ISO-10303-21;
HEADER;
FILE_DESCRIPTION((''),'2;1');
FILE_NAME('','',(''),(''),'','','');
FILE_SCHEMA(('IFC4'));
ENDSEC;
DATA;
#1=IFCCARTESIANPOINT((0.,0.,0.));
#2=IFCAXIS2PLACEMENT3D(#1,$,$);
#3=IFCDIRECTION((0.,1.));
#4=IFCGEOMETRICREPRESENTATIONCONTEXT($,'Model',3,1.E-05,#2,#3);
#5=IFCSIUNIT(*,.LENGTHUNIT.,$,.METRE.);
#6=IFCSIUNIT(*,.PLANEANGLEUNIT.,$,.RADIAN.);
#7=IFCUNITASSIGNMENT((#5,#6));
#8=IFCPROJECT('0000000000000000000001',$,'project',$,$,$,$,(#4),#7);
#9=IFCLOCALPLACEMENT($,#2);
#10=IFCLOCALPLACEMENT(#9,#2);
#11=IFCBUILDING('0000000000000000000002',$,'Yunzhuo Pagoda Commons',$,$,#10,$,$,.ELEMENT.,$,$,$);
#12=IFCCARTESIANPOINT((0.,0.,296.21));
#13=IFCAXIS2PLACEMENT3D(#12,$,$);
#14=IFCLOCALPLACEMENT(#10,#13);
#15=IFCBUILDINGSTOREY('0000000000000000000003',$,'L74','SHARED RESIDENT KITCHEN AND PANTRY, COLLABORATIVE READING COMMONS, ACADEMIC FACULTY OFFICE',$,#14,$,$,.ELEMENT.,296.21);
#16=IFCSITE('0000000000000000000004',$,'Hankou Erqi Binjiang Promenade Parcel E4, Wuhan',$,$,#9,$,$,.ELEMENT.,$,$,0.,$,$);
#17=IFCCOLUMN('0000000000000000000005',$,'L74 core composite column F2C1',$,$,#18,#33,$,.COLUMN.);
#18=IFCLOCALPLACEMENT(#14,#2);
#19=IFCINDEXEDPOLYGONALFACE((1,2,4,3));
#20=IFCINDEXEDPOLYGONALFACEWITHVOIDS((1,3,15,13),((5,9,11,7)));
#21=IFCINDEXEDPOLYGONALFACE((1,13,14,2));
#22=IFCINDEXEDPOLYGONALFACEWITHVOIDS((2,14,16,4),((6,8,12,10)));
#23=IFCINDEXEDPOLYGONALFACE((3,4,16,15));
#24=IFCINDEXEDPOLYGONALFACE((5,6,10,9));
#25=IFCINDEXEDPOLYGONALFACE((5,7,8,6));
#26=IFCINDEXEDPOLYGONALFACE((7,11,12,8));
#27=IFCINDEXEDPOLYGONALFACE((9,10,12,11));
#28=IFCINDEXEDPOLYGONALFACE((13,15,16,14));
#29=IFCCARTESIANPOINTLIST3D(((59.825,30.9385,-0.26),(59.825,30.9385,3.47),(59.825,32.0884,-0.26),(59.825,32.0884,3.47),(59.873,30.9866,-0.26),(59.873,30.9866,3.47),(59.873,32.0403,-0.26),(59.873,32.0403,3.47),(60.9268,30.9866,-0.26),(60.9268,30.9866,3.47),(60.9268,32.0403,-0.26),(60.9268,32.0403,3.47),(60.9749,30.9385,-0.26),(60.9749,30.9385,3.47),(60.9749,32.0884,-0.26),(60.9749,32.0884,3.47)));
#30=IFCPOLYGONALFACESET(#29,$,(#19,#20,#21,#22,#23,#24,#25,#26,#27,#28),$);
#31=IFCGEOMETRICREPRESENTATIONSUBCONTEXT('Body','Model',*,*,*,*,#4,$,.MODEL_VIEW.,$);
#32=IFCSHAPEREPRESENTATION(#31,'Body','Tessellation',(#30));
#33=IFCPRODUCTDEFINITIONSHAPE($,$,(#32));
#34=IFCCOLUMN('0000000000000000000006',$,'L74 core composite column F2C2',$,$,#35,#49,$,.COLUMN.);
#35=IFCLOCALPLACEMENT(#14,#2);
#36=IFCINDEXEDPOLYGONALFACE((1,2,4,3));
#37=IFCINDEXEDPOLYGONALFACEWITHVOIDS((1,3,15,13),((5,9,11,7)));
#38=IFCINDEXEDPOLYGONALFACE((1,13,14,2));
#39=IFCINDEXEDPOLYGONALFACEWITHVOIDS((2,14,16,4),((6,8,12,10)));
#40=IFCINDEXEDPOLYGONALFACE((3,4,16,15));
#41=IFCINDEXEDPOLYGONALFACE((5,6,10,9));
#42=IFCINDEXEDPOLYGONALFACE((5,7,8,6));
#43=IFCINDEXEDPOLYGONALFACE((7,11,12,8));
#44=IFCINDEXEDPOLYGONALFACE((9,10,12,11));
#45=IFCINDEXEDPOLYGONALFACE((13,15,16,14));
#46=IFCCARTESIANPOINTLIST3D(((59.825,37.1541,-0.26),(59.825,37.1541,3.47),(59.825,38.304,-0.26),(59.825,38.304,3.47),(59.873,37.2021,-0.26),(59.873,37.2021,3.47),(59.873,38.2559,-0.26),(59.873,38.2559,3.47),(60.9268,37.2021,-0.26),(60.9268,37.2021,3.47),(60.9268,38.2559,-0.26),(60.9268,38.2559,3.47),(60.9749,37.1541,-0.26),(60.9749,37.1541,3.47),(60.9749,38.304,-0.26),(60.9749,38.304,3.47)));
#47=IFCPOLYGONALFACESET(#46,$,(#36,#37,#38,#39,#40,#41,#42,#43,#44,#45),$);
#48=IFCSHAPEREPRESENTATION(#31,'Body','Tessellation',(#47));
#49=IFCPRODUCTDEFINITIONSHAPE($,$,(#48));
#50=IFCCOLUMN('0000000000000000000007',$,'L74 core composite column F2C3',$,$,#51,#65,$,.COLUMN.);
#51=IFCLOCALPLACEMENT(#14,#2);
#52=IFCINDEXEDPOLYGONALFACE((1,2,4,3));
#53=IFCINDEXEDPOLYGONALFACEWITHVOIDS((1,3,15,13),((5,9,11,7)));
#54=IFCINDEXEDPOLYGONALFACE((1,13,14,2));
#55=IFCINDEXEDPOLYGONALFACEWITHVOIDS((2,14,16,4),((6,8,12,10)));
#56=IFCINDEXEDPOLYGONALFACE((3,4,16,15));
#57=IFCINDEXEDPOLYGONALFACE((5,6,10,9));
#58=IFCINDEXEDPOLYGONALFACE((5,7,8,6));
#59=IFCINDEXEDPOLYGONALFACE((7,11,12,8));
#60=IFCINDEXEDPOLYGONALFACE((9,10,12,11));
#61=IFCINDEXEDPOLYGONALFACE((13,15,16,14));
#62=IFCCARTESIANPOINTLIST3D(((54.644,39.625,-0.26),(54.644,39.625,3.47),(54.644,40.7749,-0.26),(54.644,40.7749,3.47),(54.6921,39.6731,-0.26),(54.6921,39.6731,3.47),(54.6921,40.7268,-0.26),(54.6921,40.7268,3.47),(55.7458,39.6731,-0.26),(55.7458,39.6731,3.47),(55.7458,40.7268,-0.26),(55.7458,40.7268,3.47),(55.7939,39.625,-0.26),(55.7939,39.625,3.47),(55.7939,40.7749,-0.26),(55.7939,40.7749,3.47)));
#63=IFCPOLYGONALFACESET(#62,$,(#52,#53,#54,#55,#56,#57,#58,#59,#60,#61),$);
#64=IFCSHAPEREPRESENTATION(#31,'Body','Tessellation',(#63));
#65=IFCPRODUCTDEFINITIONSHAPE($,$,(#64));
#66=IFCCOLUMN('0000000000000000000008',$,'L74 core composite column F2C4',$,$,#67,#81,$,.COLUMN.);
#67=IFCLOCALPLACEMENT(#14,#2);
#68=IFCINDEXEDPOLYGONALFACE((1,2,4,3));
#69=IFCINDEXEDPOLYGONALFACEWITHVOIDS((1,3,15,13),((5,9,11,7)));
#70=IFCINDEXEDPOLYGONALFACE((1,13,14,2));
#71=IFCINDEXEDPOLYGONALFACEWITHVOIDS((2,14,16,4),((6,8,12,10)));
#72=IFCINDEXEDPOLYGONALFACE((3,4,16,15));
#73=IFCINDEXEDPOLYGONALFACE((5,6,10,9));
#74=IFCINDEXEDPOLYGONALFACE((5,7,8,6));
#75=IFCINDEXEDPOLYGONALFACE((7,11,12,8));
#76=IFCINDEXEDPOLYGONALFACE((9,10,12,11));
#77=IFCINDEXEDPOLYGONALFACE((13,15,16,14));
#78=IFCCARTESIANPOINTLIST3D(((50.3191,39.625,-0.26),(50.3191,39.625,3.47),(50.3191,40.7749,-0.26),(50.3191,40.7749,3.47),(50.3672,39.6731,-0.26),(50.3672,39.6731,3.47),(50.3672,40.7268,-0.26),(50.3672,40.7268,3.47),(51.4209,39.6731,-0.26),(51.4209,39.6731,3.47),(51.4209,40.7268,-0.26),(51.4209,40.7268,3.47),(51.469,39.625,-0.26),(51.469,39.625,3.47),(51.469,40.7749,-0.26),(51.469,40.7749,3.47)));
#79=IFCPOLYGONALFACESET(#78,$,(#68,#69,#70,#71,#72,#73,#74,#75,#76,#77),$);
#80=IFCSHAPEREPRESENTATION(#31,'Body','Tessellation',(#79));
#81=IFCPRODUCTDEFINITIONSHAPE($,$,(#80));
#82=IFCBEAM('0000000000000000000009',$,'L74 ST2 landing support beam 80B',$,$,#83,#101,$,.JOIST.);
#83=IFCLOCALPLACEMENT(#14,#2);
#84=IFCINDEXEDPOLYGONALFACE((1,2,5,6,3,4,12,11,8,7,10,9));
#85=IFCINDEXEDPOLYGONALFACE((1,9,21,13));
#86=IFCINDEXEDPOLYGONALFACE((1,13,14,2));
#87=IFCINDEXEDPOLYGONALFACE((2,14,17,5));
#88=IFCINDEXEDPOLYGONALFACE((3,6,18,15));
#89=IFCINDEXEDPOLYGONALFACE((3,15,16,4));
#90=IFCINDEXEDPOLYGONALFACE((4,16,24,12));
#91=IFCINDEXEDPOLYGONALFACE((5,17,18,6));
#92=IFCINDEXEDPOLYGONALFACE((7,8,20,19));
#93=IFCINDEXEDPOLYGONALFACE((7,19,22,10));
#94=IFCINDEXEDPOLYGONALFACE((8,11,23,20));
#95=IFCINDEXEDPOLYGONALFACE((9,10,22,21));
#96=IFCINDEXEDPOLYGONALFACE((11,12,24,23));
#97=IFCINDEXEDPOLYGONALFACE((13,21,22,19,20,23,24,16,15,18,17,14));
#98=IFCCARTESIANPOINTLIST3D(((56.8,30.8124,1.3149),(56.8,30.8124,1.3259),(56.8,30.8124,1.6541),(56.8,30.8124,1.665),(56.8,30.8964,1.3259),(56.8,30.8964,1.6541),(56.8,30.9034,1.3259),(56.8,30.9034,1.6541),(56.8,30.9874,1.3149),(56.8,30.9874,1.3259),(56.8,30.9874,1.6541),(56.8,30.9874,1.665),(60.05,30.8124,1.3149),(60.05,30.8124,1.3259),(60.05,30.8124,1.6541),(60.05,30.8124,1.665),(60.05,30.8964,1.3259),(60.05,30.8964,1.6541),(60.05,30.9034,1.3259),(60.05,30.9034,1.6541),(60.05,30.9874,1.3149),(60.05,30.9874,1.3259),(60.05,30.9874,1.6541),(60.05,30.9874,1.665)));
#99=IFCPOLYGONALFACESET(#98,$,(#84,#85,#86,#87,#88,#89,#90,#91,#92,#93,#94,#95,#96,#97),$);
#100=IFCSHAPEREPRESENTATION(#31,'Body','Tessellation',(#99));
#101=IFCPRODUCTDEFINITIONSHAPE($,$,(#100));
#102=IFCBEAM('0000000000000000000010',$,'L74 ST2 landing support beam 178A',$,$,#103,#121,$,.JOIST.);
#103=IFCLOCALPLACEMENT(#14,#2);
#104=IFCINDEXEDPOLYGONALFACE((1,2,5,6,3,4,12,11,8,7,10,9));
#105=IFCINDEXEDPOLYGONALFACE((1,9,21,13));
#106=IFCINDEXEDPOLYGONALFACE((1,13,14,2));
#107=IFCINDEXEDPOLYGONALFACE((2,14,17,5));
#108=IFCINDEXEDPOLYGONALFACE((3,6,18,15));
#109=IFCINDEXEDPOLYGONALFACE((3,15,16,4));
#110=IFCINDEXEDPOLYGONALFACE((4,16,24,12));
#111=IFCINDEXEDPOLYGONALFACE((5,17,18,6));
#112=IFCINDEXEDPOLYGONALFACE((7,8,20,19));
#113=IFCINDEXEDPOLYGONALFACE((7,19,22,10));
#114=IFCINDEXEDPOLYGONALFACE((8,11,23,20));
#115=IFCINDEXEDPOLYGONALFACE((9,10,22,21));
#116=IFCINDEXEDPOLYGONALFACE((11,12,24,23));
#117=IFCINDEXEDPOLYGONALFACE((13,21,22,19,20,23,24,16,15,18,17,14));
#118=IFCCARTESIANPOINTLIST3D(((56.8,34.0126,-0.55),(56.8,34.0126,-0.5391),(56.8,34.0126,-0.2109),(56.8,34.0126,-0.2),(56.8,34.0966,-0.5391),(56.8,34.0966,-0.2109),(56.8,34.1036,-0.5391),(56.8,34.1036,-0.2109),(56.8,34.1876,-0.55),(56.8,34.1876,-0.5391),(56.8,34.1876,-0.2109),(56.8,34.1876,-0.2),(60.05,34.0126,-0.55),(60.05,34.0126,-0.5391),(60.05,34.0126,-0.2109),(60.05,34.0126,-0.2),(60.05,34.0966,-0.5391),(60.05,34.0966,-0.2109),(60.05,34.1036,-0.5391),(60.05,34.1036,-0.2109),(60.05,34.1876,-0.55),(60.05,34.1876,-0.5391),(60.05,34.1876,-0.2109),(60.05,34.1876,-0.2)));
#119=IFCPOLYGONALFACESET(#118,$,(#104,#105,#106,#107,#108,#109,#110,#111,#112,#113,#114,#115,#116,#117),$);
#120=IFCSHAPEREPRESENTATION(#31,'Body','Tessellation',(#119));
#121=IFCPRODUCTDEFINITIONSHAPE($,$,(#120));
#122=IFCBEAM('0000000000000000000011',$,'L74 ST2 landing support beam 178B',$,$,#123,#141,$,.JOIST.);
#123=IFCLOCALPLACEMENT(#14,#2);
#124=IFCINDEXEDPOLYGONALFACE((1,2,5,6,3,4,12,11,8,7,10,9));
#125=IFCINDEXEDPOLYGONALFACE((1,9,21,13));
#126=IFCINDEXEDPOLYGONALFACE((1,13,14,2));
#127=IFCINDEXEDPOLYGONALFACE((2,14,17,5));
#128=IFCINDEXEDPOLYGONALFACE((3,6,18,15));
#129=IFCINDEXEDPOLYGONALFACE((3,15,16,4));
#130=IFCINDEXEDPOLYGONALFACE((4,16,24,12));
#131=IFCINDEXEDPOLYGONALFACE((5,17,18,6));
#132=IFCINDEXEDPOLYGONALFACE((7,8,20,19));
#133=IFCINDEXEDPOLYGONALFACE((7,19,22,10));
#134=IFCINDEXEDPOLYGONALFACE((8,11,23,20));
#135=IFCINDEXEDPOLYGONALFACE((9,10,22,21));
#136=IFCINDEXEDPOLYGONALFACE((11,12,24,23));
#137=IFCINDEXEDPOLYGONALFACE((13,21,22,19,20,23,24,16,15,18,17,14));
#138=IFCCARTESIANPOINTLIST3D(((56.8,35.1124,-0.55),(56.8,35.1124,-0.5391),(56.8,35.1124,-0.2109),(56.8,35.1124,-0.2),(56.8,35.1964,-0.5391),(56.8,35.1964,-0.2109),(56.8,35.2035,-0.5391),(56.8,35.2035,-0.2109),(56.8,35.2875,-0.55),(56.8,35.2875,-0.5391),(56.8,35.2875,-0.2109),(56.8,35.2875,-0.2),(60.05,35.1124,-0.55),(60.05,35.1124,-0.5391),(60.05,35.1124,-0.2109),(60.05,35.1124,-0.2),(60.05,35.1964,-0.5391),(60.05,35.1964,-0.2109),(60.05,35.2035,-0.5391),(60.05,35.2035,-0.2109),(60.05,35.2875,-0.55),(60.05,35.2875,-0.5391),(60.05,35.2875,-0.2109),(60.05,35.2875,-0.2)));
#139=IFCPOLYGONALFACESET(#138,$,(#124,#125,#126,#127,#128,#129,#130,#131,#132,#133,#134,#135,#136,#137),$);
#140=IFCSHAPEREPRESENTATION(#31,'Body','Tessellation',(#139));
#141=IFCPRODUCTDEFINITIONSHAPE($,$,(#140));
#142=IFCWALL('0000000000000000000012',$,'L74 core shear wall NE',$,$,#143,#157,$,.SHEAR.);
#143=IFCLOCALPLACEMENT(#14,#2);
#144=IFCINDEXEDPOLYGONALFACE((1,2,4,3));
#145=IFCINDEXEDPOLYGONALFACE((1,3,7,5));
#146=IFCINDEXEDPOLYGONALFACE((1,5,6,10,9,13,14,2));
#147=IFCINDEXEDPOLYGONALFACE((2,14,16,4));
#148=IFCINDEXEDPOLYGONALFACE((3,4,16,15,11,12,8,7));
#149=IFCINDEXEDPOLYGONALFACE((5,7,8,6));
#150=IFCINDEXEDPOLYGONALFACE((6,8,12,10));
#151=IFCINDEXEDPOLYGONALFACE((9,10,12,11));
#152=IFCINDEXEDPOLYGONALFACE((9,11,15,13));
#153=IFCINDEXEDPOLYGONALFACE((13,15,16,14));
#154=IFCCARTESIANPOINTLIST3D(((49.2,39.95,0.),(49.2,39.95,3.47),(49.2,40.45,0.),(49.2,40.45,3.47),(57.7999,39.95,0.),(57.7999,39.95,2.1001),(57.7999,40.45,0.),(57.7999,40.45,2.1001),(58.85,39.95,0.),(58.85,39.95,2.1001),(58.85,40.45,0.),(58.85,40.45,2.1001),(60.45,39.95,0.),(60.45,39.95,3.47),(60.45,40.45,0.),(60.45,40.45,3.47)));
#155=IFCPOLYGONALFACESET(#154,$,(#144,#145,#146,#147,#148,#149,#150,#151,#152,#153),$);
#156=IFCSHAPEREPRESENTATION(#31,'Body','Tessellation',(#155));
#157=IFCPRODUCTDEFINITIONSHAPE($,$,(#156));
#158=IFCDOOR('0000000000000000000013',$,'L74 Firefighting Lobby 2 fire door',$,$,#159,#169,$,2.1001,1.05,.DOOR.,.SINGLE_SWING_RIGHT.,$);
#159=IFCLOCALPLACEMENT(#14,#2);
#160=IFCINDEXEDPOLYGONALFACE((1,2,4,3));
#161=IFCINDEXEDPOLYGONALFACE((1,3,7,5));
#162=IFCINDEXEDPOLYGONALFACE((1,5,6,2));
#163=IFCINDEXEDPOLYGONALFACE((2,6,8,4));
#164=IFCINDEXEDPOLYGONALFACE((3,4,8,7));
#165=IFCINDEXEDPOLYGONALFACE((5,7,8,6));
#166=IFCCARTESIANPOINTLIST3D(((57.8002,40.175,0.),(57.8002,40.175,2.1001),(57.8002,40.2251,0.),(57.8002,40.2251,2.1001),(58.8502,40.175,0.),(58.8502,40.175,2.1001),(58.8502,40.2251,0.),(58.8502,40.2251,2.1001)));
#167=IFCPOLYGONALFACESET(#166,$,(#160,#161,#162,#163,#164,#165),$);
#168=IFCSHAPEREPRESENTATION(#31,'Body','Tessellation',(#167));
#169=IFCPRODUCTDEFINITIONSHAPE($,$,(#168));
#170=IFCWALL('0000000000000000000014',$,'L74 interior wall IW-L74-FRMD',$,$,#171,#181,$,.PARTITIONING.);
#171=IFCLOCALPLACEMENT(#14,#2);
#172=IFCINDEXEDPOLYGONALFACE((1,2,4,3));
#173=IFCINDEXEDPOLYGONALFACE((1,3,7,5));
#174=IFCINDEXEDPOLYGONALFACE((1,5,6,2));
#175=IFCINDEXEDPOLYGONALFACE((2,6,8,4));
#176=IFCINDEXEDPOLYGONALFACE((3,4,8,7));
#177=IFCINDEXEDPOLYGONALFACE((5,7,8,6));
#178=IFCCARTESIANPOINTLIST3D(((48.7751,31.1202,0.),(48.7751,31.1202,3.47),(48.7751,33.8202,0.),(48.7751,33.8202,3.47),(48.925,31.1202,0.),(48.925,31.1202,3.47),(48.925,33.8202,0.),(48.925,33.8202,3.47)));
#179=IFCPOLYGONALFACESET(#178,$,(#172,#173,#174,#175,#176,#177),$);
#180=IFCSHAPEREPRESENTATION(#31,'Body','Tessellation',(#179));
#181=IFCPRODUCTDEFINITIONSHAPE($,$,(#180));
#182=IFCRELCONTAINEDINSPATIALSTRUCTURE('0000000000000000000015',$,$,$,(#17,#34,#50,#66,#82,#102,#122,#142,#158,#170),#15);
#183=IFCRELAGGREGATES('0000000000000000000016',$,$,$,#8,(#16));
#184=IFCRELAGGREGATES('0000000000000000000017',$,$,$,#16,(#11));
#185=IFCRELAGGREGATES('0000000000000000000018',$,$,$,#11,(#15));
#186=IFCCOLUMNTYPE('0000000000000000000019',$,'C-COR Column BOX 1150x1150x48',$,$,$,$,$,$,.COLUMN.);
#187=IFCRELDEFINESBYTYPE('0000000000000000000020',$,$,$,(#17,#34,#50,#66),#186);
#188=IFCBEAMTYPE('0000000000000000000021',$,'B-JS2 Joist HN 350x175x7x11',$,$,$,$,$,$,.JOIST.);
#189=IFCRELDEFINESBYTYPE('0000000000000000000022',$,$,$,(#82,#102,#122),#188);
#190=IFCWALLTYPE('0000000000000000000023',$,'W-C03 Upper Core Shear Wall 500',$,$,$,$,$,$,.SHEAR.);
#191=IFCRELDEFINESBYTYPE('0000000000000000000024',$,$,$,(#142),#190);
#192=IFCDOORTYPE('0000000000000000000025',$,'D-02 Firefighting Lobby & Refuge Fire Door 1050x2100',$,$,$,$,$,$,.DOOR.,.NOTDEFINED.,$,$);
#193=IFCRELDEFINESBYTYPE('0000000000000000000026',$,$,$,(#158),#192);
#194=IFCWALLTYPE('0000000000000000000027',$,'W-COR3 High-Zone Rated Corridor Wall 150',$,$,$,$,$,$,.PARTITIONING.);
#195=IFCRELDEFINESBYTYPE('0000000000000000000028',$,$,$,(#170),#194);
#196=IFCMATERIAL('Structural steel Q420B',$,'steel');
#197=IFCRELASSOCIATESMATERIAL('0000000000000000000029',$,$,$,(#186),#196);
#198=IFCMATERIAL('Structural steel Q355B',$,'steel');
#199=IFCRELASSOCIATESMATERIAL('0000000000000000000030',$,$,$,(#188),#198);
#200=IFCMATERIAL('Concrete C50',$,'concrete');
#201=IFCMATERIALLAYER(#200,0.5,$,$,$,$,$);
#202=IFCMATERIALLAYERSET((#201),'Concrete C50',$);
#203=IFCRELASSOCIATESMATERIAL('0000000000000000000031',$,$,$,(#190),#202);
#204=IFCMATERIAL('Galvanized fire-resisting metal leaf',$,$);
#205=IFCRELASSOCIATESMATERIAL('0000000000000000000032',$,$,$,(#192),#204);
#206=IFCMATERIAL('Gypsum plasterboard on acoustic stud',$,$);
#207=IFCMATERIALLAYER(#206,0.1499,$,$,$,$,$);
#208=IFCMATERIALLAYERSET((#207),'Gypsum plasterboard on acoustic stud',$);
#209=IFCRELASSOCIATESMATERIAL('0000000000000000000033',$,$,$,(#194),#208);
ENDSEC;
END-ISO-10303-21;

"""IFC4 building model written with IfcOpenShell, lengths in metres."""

from ifc_helpers import new_model, si_unit, direction, frame, frame_2d, origin, origin_2d, place, context, subcontext, project, spatial, rectangle, hollow_rectangle, i_section, extrude, source, transform, mapped, material, layer, layer_set, material_profile, profile_set, type_object, element, fill, save


model = new_model("IFC4")

# Units and contexts
model_context = context("Model", 3, precision=1e-05, world=origin(), true_north=direction((0.0, 1.0)))
body_context = subcontext(model_context, "Body", "Model", "MODEL_VIEW")
ifc_project = project(units=[si_unit("LENGTHUNIT", "METRE"), si_unit("PLANEANGLEUNIT", "RADIAN")], contexts=[model_context])

# Site, building, storey
site_placement = place(None, origin())
site = spatial("IfcSite", under=ifc_project, at=site_placement, Name="Hankou Erqi Binjiang Promenade Parcel E4, Wuhan", CompositionType="ELEMENT", RefElevation=0.0)
building_placement = place(site_placement, origin())
building = spatial("IfcBuilding", under=site, at=building_placement, Name="Yunzhuo Pagoda Commons", CompositionType="ELEMENT")
storey_placement = place(building_placement, frame((0.0, 0.0, 296.21)))
storey = spatial("IfcBuildingStorey", under=building, at=storey_placement, Name="L74", Description="SHARED RESIDENT KITCHEN AND PANTRY, COLLABORATIVE READING COMMONS, ACADEMIC FACULTY OFFICE", CompositionType="ELEMENT", Elevation=296.21)

# Columns
ifc_material_1 = material(Name="Structural steel Q420B", Category="steel")
ifc_material_profile_1 = material_profile(ifc_material_1, hollow_rectangle(XDim=1.1499, YDim=1.1499, WallThickness=0.0481, at=origin_2d()), Name="Structural steel Q420B")
ifc_profile_set_1 = profile_set([ifc_material_profile_1], Name="Structural steel Q420B")
column_type = type_object("IfcColumnType", Name="C-COR Column BOX 1150x1150x48", PredefinedType="COLUMN", material=ifc_profile_set_1)
shared_shape_1 = source(origin(), body_context, "Body", "SweptSolid", [
    extrude(hollow_rectangle(XDim=1.1499, YDim=1.1499, WallThickness=0.0481, at=origin_2d()), origin(), (0.0, 0.0, 1.0), 3.73),
])
for number, where, z_axis, x_axis, name in (
    (1, (60.3999, 31.5134, -0.26), (0.0, 0.0, 1.0), (1.0, 0.0, 0.0), "L74 core composite column F2C1"),
    (2, (60.3999, 37.729, -0.26), (0.0, 0.0, 1.0), (1.0, 0.0, 0.0), "L74 core composite column F2C2"),
    (3, (55.219, 40.2, -0.26), (0.0, 0.0, 1.0), (1.0, 0.0, 0.0), "L74 core composite column F2C3"),
    (4, (50.894, 40.2, -0.26), (0.0, 0.0, 1.0), (1.0, 0.0, 0.0), "L74 core composite column F2C4"),
):
    element("IfcColumn", number, at=place(storey_placement, frame(where, z_axis=z_axis, x_axis=x_axis)), inside=storey, type_object=column_type, Name=name, PredefinedType="COLUMN", context=body_context, shape_type="MappedRepresentation", body=[
        mapped(shared_shape_1, transform((0.0, 0.0, 0.0), scale=1.0)),
    ])

# Beams
ifc_material_2 = material(Name="Structural steel Q355B", Category="steel")
ifc_material_profile_2 = material_profile(ifc_material_2, i_section(OverallWidth=0.175, OverallDepth=0.3501, WebThickness=0.0071, FlangeThickness=0.011, at=origin_2d()), Name="Structural steel Q355B")
ifc_profile_set_2 = profile_set([ifc_material_profile_2], Name="Structural steel Q355B")
beam_type = type_object("IfcBeamType", Name="B-JS2 Joist HN 350x175x7x11", PredefinedType="JOIST", material=ifc_profile_set_2)
shared_shape_2 = source(origin(), body_context, "Body", "SweptSolid", [
    extrude(i_section(OverallWidth=0.175, OverallDepth=0.3501, WebThickness=0.0071, FlangeThickness=0.011, at=origin_2d()), origin(), (0.0, 0.0, 1.0), 3.25),
])
for number, where, z_axis, x_axis, name in (
    (5, (56.8, 30.8999, 1.49), (1.0, 0.0, 0.0), (0.0, 1.0, 0.0), "L74 ST2 landing support beam 80B"),
    (6, (56.8, 34.1001, -0.375), (1.0, 0.0, 0.0), (0.0, 1.0, 0.0), "L74 ST2 landing support beam 178A"),
    (7, (56.8, 35.2, -0.375), (1.0, 0.0, 0.0), (0.0, 1.0, 0.0), "L74 ST2 landing support beam 178B"),
):
    element("IfcBeam", number, at=place(storey_placement, frame(where, z_axis=z_axis, x_axis=x_axis)), inside=storey, type_object=beam_type, Name=name, PredefinedType="JOIST", context=body_context, shape_type="MappedRepresentation", body=[
        mapped(shared_shape_2, transform((0.0, 0.0, 0.0), scale=1.0)),
    ])

# Wall, opening, door
ifc_material_3 = material(Name="Concrete C50", Category="concrete")
ifc_layer_1 = layer(ifc_material_3, 0.5)
ifc_layer_set_1 = layer_set([ifc_layer_1], Name="Concrete C50")
wall_type_1 = type_object("IfcWallType", Name="W-C03 Upper Core Shear Wall 500", PredefinedType="SHEAR", material=ifc_layer_set_1)
wall_1_placement = place(storey_placement, frame((49.2, 40.2, 0.0), z_axis=(0.0, 0.0, 1.0), x_axis=(1.0, 0.0, 0.0)))
wall_1 = element("IfcWall", 8, at=wall_1_placement, inside=storey, type_object=wall_type_1, Name="L74 core shear wall NE", PredefinedType="SHEAR", context=body_context, shape_type="SweptSolid", body=[
    extrude(rectangle(XDim=11.25, YDim=0.5, at=frame_2d((5.625, 0.0))), origin(), (0.0, 0.0, 1.0), 3.47),
])
opening_1_placement = place(wall_1_placement, frame((8.6001, 0.0, 0.0)))
opening_1 = element("IfcOpeningElement", 9, at=opening_1_placement, cuts=wall_1, PredefinedType="OPENING", context=body_context, shape_type="SweptSolid", body=[
    extrude(rectangle(XDim=1.05, YDim=2.1001, at=frame_2d((0.5249, 1.05))), frame((0.0, 0.26, 0.0), z_axis=(0.0, -1.0, 0.0), x_axis=(1.0, 0.0, 0.0)), (0.0, 0.0, 1.0), 0.52),
])
ifc_material_4 = material(Name="Galvanized fire-resisting metal leaf")
door_type_1 = type_object("IfcDoorType", Name="D-02 Firefighting Lobby & Refuge Fire Door 1050x2100", OperationType="NOTDEFINED", PredefinedType="DOOR", material=ifc_material_4)
shared_shape_3 = source(origin(), body_context, "Body", "SweptSolid", [
    extrude(rectangle(XDim=1.05, YDim=2.1001, at=frame_2d((0.5249, 1.05))), frame((0.0, 0.0249, 0.0), z_axis=(0.0, -1.0, 0.0), x_axis=(1.0, 0.0, 0.0)), (0.0, 0.0, 1.0), 0.05),
])
door_1_placement = place(opening_1_placement, frame((1.05, 0.0, 0.0), z_axis=(0.0, 0.0, 1.0), x_axis=(-1.0, 0.0, 0.0)))
door_1 = element("IfcDoor", 10, at=door_1_placement, inside=storey, type_object=door_type_1, Name="L74 Firefighting Lobby 2 fire door", OperationType="SINGLE_SWING_RIGHT", OverallHeight=2.1001, OverallWidth=1.05, PredefinedType="DOOR", context=body_context, shape_type="MappedRepresentation", body=[
    mapped(shared_shape_3, transform((0.0, 0.0, 0.0), scale=1.0)),
])
fill(opening_1, door_1)

# Wall
ifc_material_5 = material(Name="Gypsum plasterboard on acoustic stud")
ifc_layer_2 = layer(ifc_material_5, 0.1499)
ifc_layer_set_2 = layer_set([ifc_layer_2], Name="Gypsum plasterboard on acoustic stud")
wall_type_2 = type_object("IfcWallType", Name="W-COR3 High-Zone Rated Corridor Wall 150", PredefinedType="PARTITIONING", material=ifc_layer_set_2)
wall_2_placement = place(storey_placement, frame((48.8501, 31.1201, 0.0), z_axis=(0.0, 0.0, 1.0), x_axis=(0.0, 1.0, 0.0)))
element("IfcWall", 11, at=wall_2_placement, inside=storey, type_object=wall_type_2, Name="L74 interior wall IW-L74-FRMD", PredefinedType="PARTITIONING", context=body_context, shape_type="SweptSolid", body=[
    extrude(rectangle(XDim=2.7, YDim=0.1499, at=frame_2d((1.3501, 0.0))), origin(), (0.0, 0.0, 1.0), 3.47),
])

save(model, "model.ifc")
